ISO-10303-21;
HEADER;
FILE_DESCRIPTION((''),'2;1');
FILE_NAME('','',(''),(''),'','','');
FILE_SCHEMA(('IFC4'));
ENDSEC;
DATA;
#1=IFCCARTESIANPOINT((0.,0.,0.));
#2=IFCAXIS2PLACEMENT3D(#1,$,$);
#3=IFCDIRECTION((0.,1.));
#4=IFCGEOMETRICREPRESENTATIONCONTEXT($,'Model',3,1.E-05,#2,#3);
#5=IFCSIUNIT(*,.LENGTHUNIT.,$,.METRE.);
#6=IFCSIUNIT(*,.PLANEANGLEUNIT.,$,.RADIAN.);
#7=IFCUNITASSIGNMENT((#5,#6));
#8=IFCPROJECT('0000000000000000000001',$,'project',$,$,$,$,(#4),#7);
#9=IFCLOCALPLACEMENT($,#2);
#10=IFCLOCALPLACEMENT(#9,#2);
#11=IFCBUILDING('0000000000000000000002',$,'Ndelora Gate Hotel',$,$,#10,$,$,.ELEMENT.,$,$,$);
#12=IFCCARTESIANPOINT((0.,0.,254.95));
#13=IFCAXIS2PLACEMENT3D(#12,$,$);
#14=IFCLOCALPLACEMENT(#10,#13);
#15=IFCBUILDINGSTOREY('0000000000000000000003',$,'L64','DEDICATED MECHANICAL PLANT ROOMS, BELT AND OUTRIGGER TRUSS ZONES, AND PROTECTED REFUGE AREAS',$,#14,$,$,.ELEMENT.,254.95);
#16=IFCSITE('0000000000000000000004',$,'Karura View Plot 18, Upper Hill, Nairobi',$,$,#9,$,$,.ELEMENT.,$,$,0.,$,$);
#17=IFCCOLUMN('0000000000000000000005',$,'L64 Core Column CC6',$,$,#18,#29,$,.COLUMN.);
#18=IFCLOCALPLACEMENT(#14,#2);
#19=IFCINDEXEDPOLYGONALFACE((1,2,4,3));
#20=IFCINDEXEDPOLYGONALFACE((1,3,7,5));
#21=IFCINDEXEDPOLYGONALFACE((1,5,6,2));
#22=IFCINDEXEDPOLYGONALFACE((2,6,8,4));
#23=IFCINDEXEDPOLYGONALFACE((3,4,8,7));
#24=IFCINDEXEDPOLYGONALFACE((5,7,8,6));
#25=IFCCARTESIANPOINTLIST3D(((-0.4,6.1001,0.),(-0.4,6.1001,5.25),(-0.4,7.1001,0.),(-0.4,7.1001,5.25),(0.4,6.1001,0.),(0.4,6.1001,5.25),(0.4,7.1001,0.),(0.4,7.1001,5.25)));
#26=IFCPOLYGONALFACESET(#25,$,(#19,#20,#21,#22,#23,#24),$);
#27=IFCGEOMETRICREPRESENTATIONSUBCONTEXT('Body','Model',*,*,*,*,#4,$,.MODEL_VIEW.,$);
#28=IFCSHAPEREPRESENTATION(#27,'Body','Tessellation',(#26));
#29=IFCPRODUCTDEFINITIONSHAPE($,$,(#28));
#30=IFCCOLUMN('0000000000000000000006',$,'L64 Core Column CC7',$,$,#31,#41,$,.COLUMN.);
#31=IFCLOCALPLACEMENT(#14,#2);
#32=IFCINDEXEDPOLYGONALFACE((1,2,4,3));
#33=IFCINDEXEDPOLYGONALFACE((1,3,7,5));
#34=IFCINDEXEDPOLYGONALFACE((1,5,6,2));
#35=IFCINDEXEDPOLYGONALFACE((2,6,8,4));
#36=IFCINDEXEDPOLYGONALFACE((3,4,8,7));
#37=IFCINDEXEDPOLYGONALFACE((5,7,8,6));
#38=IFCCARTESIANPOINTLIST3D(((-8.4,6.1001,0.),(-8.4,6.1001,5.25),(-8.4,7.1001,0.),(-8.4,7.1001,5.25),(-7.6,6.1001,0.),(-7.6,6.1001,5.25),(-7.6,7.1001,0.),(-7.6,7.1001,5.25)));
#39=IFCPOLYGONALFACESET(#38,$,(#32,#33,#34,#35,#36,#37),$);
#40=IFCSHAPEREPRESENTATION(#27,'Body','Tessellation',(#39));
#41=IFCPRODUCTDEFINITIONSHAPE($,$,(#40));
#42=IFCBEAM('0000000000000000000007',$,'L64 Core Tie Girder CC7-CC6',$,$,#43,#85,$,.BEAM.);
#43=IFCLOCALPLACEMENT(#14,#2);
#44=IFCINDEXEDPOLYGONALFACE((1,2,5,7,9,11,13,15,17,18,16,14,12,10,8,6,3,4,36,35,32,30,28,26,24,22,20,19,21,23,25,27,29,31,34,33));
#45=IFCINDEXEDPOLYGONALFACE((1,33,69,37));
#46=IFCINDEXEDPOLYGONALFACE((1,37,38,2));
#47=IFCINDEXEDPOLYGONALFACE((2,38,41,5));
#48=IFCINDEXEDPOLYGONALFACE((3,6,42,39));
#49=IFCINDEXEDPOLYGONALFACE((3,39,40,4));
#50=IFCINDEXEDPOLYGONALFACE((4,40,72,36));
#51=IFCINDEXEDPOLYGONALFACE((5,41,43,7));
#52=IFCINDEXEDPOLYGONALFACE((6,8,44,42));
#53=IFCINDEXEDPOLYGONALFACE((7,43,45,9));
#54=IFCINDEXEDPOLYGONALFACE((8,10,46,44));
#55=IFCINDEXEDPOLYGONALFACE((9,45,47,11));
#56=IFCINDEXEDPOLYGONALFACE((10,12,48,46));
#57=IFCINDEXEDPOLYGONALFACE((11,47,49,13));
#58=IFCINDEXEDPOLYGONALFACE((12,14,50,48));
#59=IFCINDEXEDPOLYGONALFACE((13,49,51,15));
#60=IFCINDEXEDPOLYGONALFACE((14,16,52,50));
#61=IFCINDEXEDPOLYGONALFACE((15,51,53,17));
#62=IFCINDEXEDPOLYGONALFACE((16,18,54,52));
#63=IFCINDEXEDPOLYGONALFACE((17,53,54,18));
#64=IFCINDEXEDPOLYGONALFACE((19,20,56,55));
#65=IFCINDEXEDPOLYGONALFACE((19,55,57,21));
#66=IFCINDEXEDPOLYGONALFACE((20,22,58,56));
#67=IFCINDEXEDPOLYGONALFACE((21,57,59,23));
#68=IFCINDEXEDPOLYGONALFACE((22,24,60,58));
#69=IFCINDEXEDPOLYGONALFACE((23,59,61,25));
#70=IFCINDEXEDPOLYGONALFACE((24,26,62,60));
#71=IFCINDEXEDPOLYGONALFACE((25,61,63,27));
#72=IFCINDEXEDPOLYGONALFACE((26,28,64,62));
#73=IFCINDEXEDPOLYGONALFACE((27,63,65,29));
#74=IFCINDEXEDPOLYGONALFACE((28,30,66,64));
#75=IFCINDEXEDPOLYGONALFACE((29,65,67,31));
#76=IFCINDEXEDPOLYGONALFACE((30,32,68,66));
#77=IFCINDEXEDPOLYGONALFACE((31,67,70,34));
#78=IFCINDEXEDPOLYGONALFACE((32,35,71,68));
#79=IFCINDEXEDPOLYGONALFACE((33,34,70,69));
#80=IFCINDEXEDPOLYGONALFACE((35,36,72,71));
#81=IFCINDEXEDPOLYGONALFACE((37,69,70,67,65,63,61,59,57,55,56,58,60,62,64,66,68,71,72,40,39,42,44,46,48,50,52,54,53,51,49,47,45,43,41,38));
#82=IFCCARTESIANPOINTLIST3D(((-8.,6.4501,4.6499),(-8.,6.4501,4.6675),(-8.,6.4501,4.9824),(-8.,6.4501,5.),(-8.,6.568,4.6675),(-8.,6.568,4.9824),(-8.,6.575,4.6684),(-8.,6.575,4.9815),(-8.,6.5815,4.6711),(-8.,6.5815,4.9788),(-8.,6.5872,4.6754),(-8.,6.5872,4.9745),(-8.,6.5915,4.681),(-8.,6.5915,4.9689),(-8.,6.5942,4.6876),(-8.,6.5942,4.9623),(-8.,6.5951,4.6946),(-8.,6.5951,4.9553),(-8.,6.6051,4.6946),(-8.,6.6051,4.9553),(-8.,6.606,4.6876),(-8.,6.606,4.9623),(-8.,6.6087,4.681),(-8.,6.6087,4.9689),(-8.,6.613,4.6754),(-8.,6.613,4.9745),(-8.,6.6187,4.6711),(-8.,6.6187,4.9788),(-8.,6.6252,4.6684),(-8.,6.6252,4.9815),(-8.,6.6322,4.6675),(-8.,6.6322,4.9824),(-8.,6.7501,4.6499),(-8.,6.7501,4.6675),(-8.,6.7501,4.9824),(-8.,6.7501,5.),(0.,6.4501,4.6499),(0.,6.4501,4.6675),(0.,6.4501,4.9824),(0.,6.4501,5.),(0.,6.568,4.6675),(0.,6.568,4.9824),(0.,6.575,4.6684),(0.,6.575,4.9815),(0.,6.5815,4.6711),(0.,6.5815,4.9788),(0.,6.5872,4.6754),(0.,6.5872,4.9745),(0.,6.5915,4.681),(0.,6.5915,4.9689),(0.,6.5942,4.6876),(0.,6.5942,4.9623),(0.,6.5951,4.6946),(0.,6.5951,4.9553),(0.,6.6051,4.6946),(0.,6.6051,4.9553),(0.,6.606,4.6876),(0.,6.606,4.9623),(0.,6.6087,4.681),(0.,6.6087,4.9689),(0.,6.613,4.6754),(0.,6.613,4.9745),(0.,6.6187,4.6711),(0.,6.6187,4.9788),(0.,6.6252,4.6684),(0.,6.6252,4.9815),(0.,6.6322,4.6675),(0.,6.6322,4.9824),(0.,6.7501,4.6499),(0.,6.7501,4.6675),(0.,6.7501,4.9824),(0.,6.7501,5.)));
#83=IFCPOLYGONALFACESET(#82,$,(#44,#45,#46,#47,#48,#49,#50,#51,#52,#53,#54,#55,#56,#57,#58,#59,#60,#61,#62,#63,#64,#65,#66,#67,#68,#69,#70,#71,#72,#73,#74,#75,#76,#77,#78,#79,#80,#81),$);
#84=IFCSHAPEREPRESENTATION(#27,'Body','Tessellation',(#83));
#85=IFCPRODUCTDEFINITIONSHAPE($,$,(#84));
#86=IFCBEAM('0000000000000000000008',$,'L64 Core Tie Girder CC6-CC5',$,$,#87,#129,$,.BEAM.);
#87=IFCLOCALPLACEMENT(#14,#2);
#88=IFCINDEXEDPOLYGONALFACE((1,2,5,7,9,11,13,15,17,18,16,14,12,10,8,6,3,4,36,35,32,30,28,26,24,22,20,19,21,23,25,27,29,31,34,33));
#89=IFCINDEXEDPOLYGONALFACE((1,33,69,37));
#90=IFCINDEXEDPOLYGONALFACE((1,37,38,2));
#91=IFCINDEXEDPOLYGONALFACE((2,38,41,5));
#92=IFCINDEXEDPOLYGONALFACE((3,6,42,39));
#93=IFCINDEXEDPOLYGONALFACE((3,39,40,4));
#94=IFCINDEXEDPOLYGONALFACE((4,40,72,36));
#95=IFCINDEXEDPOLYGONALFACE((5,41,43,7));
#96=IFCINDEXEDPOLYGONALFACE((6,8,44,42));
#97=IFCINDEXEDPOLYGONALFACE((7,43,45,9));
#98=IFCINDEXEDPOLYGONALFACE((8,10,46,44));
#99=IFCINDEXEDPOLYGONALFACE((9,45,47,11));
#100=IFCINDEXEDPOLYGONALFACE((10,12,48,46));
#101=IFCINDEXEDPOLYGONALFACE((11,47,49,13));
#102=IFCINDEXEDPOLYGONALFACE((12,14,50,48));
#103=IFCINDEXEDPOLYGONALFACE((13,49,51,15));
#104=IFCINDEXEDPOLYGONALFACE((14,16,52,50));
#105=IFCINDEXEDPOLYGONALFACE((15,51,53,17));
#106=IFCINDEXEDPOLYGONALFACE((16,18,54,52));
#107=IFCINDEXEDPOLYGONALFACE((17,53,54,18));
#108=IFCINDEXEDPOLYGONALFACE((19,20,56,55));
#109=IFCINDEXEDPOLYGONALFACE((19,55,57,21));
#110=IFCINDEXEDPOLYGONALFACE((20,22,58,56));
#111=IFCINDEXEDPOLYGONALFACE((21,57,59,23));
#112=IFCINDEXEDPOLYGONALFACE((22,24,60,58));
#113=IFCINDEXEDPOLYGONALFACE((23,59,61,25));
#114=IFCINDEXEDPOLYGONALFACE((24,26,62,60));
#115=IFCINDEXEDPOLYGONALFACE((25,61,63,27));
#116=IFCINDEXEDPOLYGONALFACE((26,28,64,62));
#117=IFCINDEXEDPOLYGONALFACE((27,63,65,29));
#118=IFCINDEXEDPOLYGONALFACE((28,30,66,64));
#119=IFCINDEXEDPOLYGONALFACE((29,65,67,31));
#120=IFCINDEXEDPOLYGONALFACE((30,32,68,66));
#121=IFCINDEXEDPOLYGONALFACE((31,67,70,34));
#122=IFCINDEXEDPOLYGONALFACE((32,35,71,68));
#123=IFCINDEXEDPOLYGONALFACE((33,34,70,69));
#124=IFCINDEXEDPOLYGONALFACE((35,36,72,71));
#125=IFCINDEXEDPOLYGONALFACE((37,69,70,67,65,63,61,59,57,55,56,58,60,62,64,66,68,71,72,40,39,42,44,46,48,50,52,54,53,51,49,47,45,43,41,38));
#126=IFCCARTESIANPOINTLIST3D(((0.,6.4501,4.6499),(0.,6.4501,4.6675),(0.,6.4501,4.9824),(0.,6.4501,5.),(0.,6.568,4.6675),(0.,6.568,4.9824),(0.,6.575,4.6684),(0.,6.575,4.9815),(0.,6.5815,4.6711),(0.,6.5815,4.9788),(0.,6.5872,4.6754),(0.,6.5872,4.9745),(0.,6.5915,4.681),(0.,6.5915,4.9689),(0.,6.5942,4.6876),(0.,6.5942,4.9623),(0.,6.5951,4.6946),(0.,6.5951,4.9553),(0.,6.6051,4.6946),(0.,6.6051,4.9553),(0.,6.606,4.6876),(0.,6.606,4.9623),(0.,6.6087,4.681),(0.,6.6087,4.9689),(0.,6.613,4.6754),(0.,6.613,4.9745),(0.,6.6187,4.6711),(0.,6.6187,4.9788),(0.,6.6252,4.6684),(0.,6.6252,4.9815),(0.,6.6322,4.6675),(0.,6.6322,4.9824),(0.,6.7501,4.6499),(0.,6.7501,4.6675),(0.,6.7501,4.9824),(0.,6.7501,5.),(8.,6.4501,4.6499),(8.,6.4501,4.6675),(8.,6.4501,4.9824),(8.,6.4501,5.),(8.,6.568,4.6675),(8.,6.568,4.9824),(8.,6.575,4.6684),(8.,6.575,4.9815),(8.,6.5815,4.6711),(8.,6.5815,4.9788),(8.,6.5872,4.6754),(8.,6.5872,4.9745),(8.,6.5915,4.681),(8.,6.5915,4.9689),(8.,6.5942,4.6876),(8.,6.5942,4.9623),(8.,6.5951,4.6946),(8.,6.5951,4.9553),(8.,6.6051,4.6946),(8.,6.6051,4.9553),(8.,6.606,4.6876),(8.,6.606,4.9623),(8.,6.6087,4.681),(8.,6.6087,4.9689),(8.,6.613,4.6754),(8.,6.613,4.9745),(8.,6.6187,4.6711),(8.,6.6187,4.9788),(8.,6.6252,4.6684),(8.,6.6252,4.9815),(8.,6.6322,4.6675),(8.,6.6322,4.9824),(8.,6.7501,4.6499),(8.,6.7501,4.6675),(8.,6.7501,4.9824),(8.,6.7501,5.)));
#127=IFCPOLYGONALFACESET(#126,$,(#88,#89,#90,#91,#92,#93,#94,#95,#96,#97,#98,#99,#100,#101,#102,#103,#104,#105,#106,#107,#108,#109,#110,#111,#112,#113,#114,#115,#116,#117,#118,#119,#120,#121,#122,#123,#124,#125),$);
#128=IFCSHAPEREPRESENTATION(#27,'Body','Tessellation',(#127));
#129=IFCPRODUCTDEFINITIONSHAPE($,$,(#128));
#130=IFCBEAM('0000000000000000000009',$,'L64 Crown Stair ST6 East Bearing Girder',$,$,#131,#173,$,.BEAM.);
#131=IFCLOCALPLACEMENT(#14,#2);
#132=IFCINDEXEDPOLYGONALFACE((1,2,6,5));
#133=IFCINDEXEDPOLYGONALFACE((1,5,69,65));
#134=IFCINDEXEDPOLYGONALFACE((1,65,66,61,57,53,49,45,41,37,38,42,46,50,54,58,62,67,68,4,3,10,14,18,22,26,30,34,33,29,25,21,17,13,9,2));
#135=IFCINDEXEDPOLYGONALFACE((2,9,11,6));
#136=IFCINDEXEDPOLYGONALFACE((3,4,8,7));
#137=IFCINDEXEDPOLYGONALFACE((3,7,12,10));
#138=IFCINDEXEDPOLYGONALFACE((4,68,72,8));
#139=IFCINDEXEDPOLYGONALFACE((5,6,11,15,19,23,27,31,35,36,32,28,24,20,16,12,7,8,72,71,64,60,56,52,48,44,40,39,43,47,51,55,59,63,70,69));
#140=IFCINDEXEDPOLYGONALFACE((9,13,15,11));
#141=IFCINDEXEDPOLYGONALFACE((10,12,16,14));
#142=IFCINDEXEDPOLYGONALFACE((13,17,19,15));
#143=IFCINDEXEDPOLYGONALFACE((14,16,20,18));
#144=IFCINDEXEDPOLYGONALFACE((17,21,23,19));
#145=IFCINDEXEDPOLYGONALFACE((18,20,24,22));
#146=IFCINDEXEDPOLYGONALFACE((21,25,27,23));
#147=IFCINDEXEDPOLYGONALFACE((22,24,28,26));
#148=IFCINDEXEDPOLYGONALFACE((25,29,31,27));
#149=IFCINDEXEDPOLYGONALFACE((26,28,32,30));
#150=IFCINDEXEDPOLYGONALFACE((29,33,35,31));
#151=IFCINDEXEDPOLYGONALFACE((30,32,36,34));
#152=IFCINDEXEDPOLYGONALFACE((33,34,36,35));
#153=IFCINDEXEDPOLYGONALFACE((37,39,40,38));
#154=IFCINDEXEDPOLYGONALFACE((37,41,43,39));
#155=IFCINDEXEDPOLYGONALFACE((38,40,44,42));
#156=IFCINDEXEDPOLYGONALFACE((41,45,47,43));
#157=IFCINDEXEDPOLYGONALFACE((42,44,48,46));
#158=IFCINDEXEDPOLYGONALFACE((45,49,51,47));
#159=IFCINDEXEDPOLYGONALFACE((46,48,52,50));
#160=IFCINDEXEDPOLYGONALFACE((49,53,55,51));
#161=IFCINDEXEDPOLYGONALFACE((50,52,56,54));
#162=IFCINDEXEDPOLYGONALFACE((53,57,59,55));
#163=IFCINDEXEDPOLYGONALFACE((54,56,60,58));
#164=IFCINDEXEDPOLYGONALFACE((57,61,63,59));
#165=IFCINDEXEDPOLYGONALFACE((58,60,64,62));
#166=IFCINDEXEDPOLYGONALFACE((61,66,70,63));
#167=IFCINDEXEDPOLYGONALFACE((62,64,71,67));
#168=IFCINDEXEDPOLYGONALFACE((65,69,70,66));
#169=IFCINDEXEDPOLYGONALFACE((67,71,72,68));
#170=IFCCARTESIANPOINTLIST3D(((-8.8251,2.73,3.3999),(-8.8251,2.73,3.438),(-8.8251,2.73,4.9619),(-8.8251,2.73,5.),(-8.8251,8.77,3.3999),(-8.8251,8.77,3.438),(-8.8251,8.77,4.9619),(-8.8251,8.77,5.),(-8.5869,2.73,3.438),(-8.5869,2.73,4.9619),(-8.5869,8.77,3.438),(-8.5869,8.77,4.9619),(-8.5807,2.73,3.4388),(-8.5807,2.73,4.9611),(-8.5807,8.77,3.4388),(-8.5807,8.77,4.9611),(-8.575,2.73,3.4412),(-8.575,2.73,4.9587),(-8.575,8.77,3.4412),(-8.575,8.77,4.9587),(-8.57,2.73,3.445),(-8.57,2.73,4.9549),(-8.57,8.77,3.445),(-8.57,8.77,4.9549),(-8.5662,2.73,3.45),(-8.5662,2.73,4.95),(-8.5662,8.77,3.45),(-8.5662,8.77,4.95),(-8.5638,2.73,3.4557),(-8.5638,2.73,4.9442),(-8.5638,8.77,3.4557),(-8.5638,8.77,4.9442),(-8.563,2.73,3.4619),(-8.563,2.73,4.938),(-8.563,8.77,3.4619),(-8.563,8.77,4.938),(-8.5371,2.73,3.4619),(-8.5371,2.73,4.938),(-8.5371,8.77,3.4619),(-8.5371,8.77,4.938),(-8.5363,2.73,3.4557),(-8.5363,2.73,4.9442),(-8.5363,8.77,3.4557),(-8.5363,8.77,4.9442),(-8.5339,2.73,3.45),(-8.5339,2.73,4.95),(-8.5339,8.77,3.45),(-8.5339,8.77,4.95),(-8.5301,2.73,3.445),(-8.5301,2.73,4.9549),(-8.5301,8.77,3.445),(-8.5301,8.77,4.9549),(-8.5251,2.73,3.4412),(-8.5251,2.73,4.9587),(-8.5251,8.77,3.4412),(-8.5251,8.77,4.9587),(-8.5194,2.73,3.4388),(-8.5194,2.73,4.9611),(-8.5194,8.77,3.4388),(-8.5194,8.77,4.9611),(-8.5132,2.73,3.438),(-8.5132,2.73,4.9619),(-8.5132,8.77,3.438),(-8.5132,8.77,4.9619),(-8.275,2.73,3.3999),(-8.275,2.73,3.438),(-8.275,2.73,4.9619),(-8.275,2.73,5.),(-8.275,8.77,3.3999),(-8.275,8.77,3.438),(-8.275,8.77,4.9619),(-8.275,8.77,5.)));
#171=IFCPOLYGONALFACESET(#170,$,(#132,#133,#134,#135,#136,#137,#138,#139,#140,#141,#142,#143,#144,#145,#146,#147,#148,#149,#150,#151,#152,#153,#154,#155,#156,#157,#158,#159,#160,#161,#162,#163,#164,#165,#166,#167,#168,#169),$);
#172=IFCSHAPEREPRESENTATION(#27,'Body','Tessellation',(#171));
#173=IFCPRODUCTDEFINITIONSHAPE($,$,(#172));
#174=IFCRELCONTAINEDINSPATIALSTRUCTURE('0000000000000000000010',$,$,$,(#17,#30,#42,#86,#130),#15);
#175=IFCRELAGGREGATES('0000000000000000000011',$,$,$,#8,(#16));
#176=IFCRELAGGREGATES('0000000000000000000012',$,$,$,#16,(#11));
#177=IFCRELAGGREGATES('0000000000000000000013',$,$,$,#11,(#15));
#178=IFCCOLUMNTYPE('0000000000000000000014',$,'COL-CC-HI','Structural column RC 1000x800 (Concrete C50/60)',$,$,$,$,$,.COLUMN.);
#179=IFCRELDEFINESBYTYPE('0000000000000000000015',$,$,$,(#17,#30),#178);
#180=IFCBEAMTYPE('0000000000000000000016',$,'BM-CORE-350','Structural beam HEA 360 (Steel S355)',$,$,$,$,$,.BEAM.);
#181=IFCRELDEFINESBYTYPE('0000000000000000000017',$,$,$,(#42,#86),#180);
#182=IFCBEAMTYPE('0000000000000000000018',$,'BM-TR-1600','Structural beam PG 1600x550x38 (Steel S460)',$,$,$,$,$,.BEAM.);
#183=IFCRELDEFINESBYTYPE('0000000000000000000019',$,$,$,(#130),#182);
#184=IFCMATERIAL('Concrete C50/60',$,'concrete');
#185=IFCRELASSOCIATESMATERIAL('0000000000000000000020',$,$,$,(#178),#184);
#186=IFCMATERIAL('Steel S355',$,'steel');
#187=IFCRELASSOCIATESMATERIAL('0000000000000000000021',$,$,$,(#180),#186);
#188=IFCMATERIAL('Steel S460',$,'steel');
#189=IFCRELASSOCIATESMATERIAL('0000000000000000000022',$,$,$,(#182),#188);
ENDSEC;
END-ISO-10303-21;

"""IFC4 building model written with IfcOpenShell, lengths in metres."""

from ifc_helpers import new_model, si_unit, direction, frame, origin, origin_2d, place, context, subcontext, project, spatial, rectangle, i_section, extrude, material, material_profile, profile_set, type_object, element, save


model = new_model("IFC4")

# Units and contexts
model_context = context("Model", 3, precision=1e-05, world=origin(), true_north=direction((0.0, 1.0)))
body_context = subcontext(model_context, "Body", "Model", "MODEL_VIEW")
ifc_project = project(units=[si_unit("LENGTHUNIT", "METRE"), si_unit("PLANEANGLEUNIT", "RADIAN")], contexts=[model_context])

# Site, building, storey
site_placement = place(None, origin())
site = spatial("IfcSite", under=ifc_project, at=site_placement, Name="Karura View Plot 18, Upper Hill, Nairobi", CompositionType="ELEMENT", RefElevation=0.0)
building_placement = place(site_placement, origin())
building = spatial("IfcBuilding", under=site, at=building_placement, Name="Ndelora Gate Hotel", CompositionType="ELEMENT")
storey_placement = place(building_placement, frame((0.0, 0.0, 254.95)))
storey = spatial("IfcBuildingStorey", under=building, at=storey_placement, Name="L64", Description="DEDICATED MECHANICAL PLANT ROOMS, BELT AND OUTRIGGER TRUSS ZONES, AND PROTECTED REFUGE AREAS", CompositionType="ELEMENT", Elevation=254.95)

# Columns
ifc_material_1 = material(Name="Concrete C50/60", Category="concrete")
ifc_material_profile_1 = material_profile(ifc_material_1, rectangle(XDim=0.8, YDim=1.0, at=origin_2d()), Name="RC 1000x800")
ifc_profile_set_1 = profile_set([ifc_material_profile_1], Name="Concrete C50/60")
column_type = type_object("IfcColumnType", Name="COL-CC-HI", Description="Structural column RC 1000x800 (Concrete C50/60)", PredefinedType="COLUMN", material=ifc_profile_set_1)
for number, where, z_axis, x_axis, name in (
    (1, (0.0, 6.6001, 0.0), (0.0, 0.0, 1.0), (1.0, 0.0, 0.0), "L64 Core Column CC6"),
    (2, (-8.0, 6.6001, 0.0), (0.0, 0.0, 1.0), (1.0, 0.0, 0.0), "L64 Core Column CC7"),
):
    element("IfcColumn", number, at=place(storey_placement, frame(where, z_axis=z_axis, x_axis=x_axis)), inside=storey, type_object=column_type, Name=name, PredefinedType="COLUMN", context=body_context, shape_type="SweptSolid", body=[
        extrude(rectangle(XDim=0.8, YDim=1.0, at=origin_2d()), origin(), (0.0, 0.0, 1.0), 5.25),
    ])

# Beams
ifc_material_2 = material(Name="Steel S355", Category="steel")
ifc_material_profile_2 = material_profile(ifc_material_2, i_section(OverallWidth=0.3, OverallDepth=0.3501, WebThickness=0.01, FlangeThickness=0.0176, FilletRadius=0.0271, at=origin_2d()), Name="HEA 360")
ifc_profile_set_2 = profile_set([ifc_material_profile_2], Name="Steel S355")
beam_type_1 = type_object("IfcBeamType", Name="BM-CORE-350", Description="Structural beam HEA 360 (Steel S355)", PredefinedType="BEAM", material=ifc_profile_set_2)
for number, where, z_axis, x_axis, name in (
    (3, (-8.0, 6.6001, 4.825), (1.0, 0.0, 0.0), (0.0, 1.0, 0.0), "L64 Core Tie Girder CC7-CC6"),
    (4, (0.0, 6.6001, 4.825), (1.0, 0.0, 0.0), (0.0, 1.0, 0.0), "L64 Core Tie Girder CC6-CC5"),
):
    element("IfcBeam", number, at=place(storey_placement, frame(where, z_axis=z_axis, x_axis=x_axis)), inside=storey, type_object=beam_type_1, Name=name, PredefinedType="BEAM", context=body_context, shape_type="SweptSolid", body=[
        extrude(i_section(OverallWidth=0.3, OverallDepth=0.3501, WebThickness=0.01, FlangeThickness=0.0176, FilletRadius=0.0271, at=origin_2d()), origin(), (0.0, 0.0, 1.0), 8.0),
    ])
ifc_material_3 = material(Name="Steel S460", Category="steel")
ifc_material_profile_3 = material_profile(ifc_material_3, i_section(OverallWidth=0.55, OverallDepth=1.6001, WebThickness=0.0259, FlangeThickness=0.0381, FilletRadius=0.0239, at=origin_2d()), Name="PG 1600x550x38")
ifc_profile_set_3 = profile_set([ifc_material_profile_3], Name="Steel S460")
beam_type_2 = type_object("IfcBeamType", Name="BM-TR-1600", Description="Structural beam PG 1600x550x38 (Steel S460)", PredefinedType="BEAM", material=ifc_profile_set_3)
beam_1_placement = place(storey_placement, frame((-8.55, 2.73, 4.2), z_axis=(0.0, 1.0, 0.0), x_axis=(-1.0, 0.0, 0.0)))
element("IfcBeam", 5, at=beam_1_placement, inside=storey, type_object=beam_type_2, Name="L64 Crown Stair ST6 East Bearing Girder", PredefinedType="BEAM", context=body_context, shape_type="SweptSolid", body=[
    extrude(i_section(OverallWidth=0.55, OverallDepth=1.6001, WebThickness=0.0259, FlangeThickness=0.0381, FilletRadius=0.0239, at=origin_2d()), origin(), (0.0, 0.0, 1.0), 6.04),
])

save(model, "model.ifc")
